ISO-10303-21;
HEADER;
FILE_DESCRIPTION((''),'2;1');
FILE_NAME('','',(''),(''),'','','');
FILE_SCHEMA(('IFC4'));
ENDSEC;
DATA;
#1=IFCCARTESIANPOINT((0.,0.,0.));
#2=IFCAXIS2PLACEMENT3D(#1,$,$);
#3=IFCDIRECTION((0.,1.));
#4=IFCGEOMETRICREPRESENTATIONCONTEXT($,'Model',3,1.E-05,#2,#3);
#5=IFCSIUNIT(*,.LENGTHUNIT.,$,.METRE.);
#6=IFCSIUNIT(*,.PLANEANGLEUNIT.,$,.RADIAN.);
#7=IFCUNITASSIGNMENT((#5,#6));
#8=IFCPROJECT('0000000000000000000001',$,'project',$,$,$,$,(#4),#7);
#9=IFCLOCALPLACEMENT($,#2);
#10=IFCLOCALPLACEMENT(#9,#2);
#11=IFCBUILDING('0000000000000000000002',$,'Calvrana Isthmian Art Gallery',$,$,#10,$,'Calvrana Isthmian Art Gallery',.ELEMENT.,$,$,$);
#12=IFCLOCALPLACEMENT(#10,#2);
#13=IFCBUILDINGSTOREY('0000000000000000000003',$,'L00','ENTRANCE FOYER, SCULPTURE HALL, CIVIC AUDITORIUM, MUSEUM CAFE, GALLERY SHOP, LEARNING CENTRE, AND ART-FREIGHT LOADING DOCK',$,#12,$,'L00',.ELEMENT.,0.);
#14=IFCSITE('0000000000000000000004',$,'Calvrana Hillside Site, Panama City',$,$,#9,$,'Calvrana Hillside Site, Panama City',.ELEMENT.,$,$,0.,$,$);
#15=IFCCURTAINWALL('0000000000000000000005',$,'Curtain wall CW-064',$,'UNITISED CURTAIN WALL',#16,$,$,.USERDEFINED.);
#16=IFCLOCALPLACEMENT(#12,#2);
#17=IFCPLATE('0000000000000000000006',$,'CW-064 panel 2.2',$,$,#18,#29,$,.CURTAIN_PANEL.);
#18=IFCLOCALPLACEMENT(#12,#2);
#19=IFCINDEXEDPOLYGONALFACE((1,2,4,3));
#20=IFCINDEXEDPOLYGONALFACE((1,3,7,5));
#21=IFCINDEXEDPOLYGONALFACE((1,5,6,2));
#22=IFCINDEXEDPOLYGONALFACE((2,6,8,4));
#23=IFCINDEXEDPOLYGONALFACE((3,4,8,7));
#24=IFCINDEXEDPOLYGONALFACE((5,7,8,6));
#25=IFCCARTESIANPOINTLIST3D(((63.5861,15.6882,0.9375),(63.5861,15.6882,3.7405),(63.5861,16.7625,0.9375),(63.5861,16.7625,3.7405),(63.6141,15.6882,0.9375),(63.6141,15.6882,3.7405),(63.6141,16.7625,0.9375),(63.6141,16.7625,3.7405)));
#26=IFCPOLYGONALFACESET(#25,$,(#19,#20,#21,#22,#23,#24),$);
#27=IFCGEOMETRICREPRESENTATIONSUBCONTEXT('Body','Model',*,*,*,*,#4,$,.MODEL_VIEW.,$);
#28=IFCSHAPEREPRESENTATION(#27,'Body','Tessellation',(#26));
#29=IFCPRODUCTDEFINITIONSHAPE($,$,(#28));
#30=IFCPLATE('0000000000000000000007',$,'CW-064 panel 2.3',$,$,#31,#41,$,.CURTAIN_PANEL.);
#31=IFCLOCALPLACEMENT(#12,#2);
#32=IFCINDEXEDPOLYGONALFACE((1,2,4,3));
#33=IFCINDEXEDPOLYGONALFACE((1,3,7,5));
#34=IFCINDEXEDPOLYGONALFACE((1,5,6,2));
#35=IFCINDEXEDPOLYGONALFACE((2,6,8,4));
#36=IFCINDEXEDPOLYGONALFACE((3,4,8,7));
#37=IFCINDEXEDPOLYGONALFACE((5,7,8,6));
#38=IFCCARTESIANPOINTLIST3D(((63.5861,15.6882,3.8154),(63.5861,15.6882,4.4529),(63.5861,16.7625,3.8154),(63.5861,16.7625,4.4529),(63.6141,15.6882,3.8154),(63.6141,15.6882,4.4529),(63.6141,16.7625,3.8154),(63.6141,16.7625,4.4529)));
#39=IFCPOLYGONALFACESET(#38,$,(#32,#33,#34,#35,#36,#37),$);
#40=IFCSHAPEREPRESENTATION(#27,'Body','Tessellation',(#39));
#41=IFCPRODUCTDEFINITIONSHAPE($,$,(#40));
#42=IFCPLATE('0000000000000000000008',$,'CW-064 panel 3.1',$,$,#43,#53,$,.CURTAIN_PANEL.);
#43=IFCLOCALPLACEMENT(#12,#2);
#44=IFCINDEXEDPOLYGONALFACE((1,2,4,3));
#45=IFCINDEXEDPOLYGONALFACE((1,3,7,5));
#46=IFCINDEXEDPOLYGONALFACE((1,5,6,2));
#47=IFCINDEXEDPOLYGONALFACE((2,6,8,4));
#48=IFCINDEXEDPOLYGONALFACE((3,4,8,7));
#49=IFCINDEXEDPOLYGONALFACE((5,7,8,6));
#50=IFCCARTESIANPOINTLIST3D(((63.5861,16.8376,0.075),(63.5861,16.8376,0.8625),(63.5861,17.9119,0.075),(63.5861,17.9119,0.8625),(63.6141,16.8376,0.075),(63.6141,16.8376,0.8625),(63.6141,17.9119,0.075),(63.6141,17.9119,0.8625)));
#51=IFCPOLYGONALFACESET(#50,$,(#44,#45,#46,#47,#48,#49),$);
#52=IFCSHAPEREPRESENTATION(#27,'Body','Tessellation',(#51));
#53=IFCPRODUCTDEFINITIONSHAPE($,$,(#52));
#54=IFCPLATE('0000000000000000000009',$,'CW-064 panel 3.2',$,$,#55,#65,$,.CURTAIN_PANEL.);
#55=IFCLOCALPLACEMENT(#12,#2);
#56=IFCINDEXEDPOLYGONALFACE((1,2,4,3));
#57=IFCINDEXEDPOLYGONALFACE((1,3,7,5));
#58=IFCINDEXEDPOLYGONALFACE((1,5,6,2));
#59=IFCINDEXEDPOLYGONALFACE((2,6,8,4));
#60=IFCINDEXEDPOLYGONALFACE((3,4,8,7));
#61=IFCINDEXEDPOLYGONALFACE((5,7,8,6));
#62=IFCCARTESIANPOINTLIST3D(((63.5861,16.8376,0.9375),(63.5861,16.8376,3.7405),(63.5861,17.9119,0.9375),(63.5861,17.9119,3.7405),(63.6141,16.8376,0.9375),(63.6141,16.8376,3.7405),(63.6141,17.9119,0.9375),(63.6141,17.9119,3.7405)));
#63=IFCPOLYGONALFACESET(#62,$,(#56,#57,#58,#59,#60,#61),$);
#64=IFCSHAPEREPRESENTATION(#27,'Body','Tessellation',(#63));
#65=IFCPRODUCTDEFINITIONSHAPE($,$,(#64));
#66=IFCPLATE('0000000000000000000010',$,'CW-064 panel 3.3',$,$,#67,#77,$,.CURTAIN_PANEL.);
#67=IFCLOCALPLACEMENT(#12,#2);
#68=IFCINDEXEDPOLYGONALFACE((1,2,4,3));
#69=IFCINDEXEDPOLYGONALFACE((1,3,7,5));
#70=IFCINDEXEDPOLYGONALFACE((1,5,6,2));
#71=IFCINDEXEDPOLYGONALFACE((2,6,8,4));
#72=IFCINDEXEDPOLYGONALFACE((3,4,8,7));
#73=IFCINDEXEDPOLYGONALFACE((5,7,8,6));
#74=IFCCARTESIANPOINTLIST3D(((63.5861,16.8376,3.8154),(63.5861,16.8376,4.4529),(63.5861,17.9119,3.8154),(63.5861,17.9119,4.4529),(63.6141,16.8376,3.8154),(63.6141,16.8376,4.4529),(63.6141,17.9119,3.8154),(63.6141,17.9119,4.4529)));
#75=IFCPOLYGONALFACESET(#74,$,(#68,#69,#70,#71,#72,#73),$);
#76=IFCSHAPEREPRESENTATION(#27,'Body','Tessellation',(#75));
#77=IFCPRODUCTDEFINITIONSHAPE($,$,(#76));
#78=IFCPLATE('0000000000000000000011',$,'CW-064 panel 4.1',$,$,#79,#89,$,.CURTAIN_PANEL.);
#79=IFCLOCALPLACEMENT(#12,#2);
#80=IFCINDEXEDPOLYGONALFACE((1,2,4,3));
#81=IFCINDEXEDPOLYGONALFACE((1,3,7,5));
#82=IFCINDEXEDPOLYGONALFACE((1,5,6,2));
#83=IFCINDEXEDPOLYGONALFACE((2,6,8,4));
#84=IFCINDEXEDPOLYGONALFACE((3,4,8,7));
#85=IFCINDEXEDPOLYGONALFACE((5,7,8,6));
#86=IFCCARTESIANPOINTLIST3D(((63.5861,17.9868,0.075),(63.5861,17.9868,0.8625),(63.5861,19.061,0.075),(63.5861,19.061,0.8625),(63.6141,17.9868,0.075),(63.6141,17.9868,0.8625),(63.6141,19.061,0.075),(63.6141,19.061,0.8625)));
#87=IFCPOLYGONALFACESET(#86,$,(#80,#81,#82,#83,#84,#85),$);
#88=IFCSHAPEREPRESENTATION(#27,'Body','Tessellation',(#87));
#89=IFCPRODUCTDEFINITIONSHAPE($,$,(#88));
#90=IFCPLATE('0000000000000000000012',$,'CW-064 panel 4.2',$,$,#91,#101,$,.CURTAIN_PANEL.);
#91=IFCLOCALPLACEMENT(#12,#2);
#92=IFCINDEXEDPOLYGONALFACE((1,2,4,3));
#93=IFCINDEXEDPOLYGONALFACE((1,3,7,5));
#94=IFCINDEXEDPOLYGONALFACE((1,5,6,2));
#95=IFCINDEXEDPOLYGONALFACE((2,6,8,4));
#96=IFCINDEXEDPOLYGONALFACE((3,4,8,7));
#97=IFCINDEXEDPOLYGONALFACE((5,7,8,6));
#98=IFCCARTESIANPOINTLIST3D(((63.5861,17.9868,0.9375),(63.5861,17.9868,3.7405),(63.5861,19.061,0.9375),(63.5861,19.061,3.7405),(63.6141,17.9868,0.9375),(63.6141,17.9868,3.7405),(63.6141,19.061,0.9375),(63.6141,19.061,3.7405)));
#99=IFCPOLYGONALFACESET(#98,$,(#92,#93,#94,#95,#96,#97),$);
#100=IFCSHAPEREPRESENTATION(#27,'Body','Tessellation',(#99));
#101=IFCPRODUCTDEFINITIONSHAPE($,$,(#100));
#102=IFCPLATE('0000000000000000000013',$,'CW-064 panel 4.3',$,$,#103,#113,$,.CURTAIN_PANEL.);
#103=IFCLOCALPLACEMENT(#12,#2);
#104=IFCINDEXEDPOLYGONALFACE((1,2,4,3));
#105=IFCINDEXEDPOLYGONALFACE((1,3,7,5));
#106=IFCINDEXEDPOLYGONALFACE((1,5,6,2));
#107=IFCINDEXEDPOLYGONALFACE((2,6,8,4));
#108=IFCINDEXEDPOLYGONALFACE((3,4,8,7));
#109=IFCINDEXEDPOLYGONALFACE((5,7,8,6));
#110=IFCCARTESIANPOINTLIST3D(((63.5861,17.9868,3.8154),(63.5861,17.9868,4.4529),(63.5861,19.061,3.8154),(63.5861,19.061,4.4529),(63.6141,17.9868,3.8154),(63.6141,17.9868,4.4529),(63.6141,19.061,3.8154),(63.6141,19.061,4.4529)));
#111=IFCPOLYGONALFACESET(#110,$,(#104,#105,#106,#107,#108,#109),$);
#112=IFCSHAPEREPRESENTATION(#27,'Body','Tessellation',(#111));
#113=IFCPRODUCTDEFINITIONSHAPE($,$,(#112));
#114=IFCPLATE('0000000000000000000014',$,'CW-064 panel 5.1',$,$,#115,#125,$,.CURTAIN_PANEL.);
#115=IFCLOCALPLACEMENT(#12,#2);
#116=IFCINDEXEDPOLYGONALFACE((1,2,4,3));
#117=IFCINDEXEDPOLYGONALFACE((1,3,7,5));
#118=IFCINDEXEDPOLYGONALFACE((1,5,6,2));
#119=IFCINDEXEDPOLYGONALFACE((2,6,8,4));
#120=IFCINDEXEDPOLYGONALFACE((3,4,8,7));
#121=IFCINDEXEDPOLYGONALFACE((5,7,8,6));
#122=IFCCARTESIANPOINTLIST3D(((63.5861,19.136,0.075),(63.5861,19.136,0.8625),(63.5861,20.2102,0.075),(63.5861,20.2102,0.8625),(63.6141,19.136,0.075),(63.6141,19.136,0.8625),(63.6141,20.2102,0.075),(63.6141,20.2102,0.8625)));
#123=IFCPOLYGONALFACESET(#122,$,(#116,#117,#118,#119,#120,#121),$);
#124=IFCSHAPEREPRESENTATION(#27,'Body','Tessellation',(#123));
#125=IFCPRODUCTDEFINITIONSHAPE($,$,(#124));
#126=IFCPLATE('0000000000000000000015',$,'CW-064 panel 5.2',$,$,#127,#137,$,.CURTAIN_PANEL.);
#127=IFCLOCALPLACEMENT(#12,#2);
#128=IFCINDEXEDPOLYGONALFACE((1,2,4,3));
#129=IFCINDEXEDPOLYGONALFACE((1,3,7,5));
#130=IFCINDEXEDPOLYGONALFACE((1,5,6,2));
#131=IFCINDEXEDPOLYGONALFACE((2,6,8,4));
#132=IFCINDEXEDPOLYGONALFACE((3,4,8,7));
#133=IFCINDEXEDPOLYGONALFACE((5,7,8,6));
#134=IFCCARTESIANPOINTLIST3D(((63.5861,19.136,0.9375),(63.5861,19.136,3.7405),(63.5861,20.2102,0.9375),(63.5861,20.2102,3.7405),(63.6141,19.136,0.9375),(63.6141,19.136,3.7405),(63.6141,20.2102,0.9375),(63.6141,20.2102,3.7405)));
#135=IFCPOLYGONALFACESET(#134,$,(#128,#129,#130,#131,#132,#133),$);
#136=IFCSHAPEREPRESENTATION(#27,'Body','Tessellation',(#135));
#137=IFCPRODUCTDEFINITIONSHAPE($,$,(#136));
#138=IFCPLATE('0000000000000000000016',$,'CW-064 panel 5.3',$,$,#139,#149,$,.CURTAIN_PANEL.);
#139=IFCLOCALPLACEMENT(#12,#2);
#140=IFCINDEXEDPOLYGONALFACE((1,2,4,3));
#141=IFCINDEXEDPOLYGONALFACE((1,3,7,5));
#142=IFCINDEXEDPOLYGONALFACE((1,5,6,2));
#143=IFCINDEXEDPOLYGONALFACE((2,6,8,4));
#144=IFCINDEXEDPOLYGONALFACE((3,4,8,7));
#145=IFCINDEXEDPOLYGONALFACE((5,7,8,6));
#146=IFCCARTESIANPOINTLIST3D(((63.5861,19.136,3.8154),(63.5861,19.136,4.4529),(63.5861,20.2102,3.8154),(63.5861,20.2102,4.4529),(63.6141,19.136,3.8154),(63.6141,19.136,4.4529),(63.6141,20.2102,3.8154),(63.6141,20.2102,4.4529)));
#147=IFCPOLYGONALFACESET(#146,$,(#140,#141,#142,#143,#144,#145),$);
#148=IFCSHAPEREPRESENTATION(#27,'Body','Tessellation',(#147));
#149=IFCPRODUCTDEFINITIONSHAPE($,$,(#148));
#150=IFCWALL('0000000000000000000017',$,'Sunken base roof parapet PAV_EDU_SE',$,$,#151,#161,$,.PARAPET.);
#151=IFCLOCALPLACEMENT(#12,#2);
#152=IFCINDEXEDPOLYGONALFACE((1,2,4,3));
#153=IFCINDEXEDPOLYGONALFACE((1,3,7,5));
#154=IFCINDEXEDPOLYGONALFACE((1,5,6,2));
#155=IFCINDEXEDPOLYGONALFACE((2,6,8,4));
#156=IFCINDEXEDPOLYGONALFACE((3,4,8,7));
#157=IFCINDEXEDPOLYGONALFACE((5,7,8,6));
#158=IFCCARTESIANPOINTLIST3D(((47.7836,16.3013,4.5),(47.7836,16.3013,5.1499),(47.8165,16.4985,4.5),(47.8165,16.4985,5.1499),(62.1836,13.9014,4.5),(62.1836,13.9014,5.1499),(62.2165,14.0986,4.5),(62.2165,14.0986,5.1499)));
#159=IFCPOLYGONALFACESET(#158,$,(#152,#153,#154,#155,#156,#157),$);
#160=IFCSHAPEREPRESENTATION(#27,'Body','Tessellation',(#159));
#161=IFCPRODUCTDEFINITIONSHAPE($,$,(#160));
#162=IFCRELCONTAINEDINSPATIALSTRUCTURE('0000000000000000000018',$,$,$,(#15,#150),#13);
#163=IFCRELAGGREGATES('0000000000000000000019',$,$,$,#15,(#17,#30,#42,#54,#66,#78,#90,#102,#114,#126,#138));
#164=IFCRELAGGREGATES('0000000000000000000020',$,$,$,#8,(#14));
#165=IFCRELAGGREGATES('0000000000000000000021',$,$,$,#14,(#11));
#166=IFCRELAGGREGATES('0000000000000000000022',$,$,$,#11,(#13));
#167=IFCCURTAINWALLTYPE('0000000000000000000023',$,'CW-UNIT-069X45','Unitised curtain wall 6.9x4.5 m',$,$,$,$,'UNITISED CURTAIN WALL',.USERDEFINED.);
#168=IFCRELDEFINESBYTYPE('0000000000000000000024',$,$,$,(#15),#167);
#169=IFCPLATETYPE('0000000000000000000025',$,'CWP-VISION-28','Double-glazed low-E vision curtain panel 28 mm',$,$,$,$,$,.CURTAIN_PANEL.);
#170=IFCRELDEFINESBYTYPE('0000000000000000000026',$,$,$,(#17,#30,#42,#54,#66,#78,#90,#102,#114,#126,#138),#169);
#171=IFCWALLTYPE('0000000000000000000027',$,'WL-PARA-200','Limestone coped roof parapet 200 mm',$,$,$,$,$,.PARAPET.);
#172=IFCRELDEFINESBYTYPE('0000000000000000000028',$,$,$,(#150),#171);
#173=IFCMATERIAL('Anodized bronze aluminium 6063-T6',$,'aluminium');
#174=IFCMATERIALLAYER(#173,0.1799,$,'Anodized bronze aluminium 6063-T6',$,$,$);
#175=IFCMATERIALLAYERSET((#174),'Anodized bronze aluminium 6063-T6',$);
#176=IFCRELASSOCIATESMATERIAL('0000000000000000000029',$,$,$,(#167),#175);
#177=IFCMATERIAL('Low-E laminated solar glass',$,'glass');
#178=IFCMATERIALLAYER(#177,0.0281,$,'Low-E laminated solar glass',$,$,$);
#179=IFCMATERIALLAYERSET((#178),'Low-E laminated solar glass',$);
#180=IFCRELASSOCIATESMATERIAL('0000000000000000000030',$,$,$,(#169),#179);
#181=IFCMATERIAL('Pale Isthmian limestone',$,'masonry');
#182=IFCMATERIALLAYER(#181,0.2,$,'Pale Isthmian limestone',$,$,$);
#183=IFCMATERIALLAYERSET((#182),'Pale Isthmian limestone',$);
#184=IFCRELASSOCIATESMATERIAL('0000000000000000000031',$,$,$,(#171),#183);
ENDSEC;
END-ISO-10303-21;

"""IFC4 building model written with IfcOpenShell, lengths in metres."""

from ifc_helpers import new_model, si_unit, direction, frame, frame_2d, origin, origin_2d, place, context, subcontext, project, spatial, rectangle, extrude, material, layer, layer_set, type_object, element, aggregate, save


model = new_model("IFC4")

# Units and contexts
model_context = context("Model", 3, precision=1e-05, world=origin(), true_north=direction((0.0, 1.0)))
body_context = subcontext(model_context, "Body", "Model", "MODEL_VIEW")
ifc_project = project(units=[si_unit("LENGTHUNIT", "METRE"), si_unit("PLANEANGLEUNIT", "RADIAN")], contexts=[model_context])

# Site, building, storey
site_placement = place(None, origin())
site = spatial("IfcSite", under=ifc_project, at=site_placement, Name="Calvrana Hillside Site, Panama City", LongName="Calvrana Hillside Site, Panama City", CompositionType="ELEMENT", RefElevation=0.0)
building_placement = place(site_placement, origin())
building = spatial("IfcBuilding", under=site, at=building_placement, Name="Calvrana Isthmian Art Gallery", LongName="Calvrana Isthmian Art Gallery", CompositionType="ELEMENT")
storey_placement = place(building_placement, origin())
storey = spatial("IfcBuildingStorey", under=building, at=storey_placement, Name="L00", Description="ENTRANCE FOYER, SCULPTURE HALL, CIVIC AUDITORIUM, MUSEUM CAFE, GALLERY SHOP, LEARNING CENTRE, AND ART-FREIGHT LOADING DOCK", LongName="L00", CompositionType="ELEMENT", Elevation=0.0)

# Curtain wall, plates
ifc_material_1 = material(Name="Anodized bronze aluminium 6063-T6", Category="aluminium")
ifc_layer_1 = layer(ifc_material_1, 0.1799, Name="Anodized bronze aluminium 6063-T6")
ifc_layer_set_1 = layer_set([ifc_layer_1], Name="Anodized bronze aluminium 6063-T6")
curtain_wall_type = type_object("IfcCurtainWallType", Name="CW-UNIT-069X45", Description="Unitised curtain wall 6.9x4.5 m", ElementType="UNITISED CURTAIN WALL", PredefinedType="USERDEFINED", material=ifc_layer_set_1)
curtain_wall_placement = place(storey_placement, origin())
curtain_wall = element("IfcCurtainWall", 1, at=curtain_wall_placement, inside=storey, type_object=curtain_wall_type, Name="Curtain wall CW-064", ObjectType="UNITISED CURTAIN WALL", PredefinedType="USERDEFINED")
ifc_material_2 = material(Name="Low-E laminated solar glass", Category="glass")
ifc_layer_2 = layer(ifc_material_2, 0.0281, Name="Low-E laminated solar glass")
ifc_layer_set_2 = layer_set([ifc_layer_2], Name="Low-E laminated solar glass")
plate_type = type_object("IfcPlateType", Name="CWP-VISION-28", Description="Double-glazed low-E vision curtain panel 28 mm", PredefinedType="CURTAIN_PANEL", material=ifc_layer_set_2)
plate_1_placement = place(storey_placement, frame((63.6001, 16.2253, 0.9375), z_axis=(0.0, 0.0, 1.0), x_axis=(0.0, 1.0, 0.0)))
plate_1 = element("IfcPlate", 2, at=plate_1_placement, type_object=plate_type, Name="CW-064 panel 2.2", PredefinedType="CURTAIN_PANEL", context=body_context, shape_type="SweptSolid", body=[
    extrude(rectangle(XDim=1.0742, YDim=0.0281, at=origin_2d()), origin(), (0.0, 0.0, 1.0), 2.803),
])
plate_2_placement = place(storey_placement, frame((63.6001, 16.2253, 3.8154), z_axis=(0.0, 0.0, 1.0), x_axis=(0.0, 1.0, 0.0)))
plate_2 = element("IfcPlate", 3, at=plate_2_placement, type_object=plate_type, Name="CW-064 panel 2.3", PredefinedType="CURTAIN_PANEL", context=body_context, shape_type="SweptSolid", body=[
    extrude(rectangle(XDim=1.0742, YDim=0.0281, at=origin_2d()), origin(), (0.0, 0.0, 1.0), 0.6375),
])
plate_3_placement = place(storey_placement, frame((63.6001, 17.3748, 0.075), z_axis=(0.0, 0.0, 1.0), x_axis=(0.0, 1.0, 0.0)))
plate_3 = element("IfcPlate", 4, at=plate_3_placement, type_object=plate_type, Name="CW-064 panel 3.1", PredefinedType="CURTAIN_PANEL", context=body_context, shape_type="SweptSolid", body=[
    extrude(rectangle(XDim=1.0742, YDim=0.0281, at=origin_2d()), origin(), (0.0, 0.0, 1.0), 0.7876),
])
plate_4_placement = place(storey_placement, frame((63.6001, 17.3748, 0.9375), z_axis=(0.0, 0.0, 1.0), x_axis=(0.0, 1.0, 0.0)))
plate_4 = element("IfcPlate", 5, at=plate_4_placement, type_object=plate_type, Name="CW-064 panel 3.2", PredefinedType="CURTAIN_PANEL", context=body_context, shape_type="SweptSolid", body=[
    extrude(rectangle(XDim=1.0742, YDim=0.0281, at=origin_2d()), origin(), (0.0, 0.0, 1.0), 2.803),
])
plate_5_placement = place(storey_placement, frame((63.6001, 17.3748, 3.8154), z_axis=(0.0, 0.0, 1.0), x_axis=(0.0, 1.0, 0.0)))
plate_5 = element("IfcPlate", 6, at=plate_5_placement, type_object=plate_type, Name="CW-064 panel 3.3", PredefinedType="CURTAIN_PANEL", context=body_context, shape_type="SweptSolid", body=[
    extrude(rectangle(XDim=1.0742, YDim=0.0281, at=origin_2d()), origin(), (0.0, 0.0, 1.0), 0.6375),
])
plate_6_placement = place(storey_placement, frame((63.6001, 18.5239, 0.075), z_axis=(0.0, 0.0, 1.0), x_axis=(0.0, 1.0, 0.0)))
plate_6 = element("IfcPlate", 7, at=plate_6_placement, type_object=plate_type, Name="CW-064 panel 4.1", PredefinedType="CURTAIN_PANEL", context=body_context, shape_type="SweptSolid", body=[
    extrude(rectangle(XDim=1.0742, YDim=0.0281, at=origin_2d()), origin(), (0.0, 0.0, 1.0), 0.7876),
])
plate_7_placement = place(storey_placement, frame((63.6001, 18.5239, 0.9375), z_axis=(0.0, 0.0, 1.0), x_axis=(0.0, 1.0, 0.0)))
plate_7 = element("IfcPlate", 8, at=plate_7_placement, type_object=plate_type, Name="CW-064 panel 4.2", PredefinedType="CURTAIN_PANEL", context=body_context, shape_type="SweptSolid", body=[
    extrude(rectangle(XDim=1.0742, YDim=0.0281, at=origin_2d()), origin(), (0.0, 0.0, 1.0), 2.803),
])
plate_8_placement = place(storey_placement, frame((63.6001, 18.5239, 3.8154), z_axis=(0.0, 0.0, 1.0), x_axis=(0.0, 1.0, 0.0)))
plate_8 = element("IfcPlate", 9, at=plate_8_placement, type_object=plate_type, Name="CW-064 panel 4.3", PredefinedType="CURTAIN_PANEL", context=body_context, shape_type="SweptSolid", body=[
    extrude(rectangle(XDim=1.0742, YDim=0.0281, at=origin_2d()), origin(), (0.0, 0.0, 1.0), 0.6375),
])
plate_9_placement = place(storey_placement, frame((63.6001, 19.6731, 0.075), z_axis=(0.0, 0.0, 1.0), x_axis=(0.0, 1.0, 0.0)))
plate_9 = element("IfcPlate", 10, at=plate_9_placement, type_object=plate_type, Name="CW-064 panel 5.1", PredefinedType="CURTAIN_PANEL", context=body_context, shape_type="SweptSolid", body=[
    extrude(rectangle(XDim=1.0742, YDim=0.0281, at=origin_2d()), origin(), (0.0, 0.0, 1.0), 0.7876),
])
plate_10_placement = place(storey_placement, frame((63.6001, 19.6731, 0.9375), z_axis=(0.0, 0.0, 1.0), x_axis=(0.0, 1.0, 0.0)))
plate_10 = element("IfcPlate", 11, at=plate_10_placement, type_object=plate_type, Name="CW-064 panel 5.2", PredefinedType="CURTAIN_PANEL", context=body_context, shape_type="SweptSolid", body=[
    extrude(rectangle(XDim=1.0742, YDim=0.0281, at=origin_2d()), origin(), (0.0, 0.0, 1.0), 2.803),
])
plate_11_placement = place(storey_placement, frame((63.6001, 19.6731, 3.8154), z_axis=(0.0, 0.0, 1.0), x_axis=(0.0, 1.0, 0.0)))
plate_11 = element("IfcPlate", 12, at=plate_11_placement, type_object=plate_type, Name="CW-064 panel 5.3", PredefinedType="CURTAIN_PANEL", context=body_context, shape_type="SweptSolid", body=[
    extrude(rectangle(XDim=1.0742, YDim=0.0281, at=origin_2d()), origin(), (0.0, 0.0, 1.0), 0.6375),
])
aggregate(curtain_wall, [plate_1, plate_2, plate_3, plate_4, plate_5, plate_6, plate_7, plate_8, plate_9, plate_10, plate_11])

# Wall
ifc_material_3 = material(Name="Pale Isthmian limestone", Category="masonry")
ifc_layer_3 = layer(ifc_material_3, 0.2, Name="Pale Isthmian limestone")
ifc_layer_set_3 = layer_set([ifc_layer_3], Name="Pale Isthmian limestone")
wall_type_1 = type_object("IfcWallType", Name="WL-PARA-200", Description="Limestone coped roof parapet 200 mm", PredefinedType="PARAPET", material=ifc_layer_set_3)
wall_1_placement = place(storey_placement, frame((47.8, 16.3999, 4.5), z_axis=(0.0, 0.0, 1.0), x_axis=(0.986395, -0.164394, 0.0)))
element("IfcWall", 13, at=wall_1_placement, inside=storey, type_object=wall_type_1, Name="Sunken base roof parapet PAV_EDU_SE", PredefinedType="PARAPET", context=body_context, shape_type="SweptSolid", body=[
    extrude(rectangle(XDim=14.5986, YDim=0.2, at=frame_2d((7.2993, 0.0))), origin(), (0.0, 0.0, 1.0), 0.6499),
])

save(model, "model.ifc")
